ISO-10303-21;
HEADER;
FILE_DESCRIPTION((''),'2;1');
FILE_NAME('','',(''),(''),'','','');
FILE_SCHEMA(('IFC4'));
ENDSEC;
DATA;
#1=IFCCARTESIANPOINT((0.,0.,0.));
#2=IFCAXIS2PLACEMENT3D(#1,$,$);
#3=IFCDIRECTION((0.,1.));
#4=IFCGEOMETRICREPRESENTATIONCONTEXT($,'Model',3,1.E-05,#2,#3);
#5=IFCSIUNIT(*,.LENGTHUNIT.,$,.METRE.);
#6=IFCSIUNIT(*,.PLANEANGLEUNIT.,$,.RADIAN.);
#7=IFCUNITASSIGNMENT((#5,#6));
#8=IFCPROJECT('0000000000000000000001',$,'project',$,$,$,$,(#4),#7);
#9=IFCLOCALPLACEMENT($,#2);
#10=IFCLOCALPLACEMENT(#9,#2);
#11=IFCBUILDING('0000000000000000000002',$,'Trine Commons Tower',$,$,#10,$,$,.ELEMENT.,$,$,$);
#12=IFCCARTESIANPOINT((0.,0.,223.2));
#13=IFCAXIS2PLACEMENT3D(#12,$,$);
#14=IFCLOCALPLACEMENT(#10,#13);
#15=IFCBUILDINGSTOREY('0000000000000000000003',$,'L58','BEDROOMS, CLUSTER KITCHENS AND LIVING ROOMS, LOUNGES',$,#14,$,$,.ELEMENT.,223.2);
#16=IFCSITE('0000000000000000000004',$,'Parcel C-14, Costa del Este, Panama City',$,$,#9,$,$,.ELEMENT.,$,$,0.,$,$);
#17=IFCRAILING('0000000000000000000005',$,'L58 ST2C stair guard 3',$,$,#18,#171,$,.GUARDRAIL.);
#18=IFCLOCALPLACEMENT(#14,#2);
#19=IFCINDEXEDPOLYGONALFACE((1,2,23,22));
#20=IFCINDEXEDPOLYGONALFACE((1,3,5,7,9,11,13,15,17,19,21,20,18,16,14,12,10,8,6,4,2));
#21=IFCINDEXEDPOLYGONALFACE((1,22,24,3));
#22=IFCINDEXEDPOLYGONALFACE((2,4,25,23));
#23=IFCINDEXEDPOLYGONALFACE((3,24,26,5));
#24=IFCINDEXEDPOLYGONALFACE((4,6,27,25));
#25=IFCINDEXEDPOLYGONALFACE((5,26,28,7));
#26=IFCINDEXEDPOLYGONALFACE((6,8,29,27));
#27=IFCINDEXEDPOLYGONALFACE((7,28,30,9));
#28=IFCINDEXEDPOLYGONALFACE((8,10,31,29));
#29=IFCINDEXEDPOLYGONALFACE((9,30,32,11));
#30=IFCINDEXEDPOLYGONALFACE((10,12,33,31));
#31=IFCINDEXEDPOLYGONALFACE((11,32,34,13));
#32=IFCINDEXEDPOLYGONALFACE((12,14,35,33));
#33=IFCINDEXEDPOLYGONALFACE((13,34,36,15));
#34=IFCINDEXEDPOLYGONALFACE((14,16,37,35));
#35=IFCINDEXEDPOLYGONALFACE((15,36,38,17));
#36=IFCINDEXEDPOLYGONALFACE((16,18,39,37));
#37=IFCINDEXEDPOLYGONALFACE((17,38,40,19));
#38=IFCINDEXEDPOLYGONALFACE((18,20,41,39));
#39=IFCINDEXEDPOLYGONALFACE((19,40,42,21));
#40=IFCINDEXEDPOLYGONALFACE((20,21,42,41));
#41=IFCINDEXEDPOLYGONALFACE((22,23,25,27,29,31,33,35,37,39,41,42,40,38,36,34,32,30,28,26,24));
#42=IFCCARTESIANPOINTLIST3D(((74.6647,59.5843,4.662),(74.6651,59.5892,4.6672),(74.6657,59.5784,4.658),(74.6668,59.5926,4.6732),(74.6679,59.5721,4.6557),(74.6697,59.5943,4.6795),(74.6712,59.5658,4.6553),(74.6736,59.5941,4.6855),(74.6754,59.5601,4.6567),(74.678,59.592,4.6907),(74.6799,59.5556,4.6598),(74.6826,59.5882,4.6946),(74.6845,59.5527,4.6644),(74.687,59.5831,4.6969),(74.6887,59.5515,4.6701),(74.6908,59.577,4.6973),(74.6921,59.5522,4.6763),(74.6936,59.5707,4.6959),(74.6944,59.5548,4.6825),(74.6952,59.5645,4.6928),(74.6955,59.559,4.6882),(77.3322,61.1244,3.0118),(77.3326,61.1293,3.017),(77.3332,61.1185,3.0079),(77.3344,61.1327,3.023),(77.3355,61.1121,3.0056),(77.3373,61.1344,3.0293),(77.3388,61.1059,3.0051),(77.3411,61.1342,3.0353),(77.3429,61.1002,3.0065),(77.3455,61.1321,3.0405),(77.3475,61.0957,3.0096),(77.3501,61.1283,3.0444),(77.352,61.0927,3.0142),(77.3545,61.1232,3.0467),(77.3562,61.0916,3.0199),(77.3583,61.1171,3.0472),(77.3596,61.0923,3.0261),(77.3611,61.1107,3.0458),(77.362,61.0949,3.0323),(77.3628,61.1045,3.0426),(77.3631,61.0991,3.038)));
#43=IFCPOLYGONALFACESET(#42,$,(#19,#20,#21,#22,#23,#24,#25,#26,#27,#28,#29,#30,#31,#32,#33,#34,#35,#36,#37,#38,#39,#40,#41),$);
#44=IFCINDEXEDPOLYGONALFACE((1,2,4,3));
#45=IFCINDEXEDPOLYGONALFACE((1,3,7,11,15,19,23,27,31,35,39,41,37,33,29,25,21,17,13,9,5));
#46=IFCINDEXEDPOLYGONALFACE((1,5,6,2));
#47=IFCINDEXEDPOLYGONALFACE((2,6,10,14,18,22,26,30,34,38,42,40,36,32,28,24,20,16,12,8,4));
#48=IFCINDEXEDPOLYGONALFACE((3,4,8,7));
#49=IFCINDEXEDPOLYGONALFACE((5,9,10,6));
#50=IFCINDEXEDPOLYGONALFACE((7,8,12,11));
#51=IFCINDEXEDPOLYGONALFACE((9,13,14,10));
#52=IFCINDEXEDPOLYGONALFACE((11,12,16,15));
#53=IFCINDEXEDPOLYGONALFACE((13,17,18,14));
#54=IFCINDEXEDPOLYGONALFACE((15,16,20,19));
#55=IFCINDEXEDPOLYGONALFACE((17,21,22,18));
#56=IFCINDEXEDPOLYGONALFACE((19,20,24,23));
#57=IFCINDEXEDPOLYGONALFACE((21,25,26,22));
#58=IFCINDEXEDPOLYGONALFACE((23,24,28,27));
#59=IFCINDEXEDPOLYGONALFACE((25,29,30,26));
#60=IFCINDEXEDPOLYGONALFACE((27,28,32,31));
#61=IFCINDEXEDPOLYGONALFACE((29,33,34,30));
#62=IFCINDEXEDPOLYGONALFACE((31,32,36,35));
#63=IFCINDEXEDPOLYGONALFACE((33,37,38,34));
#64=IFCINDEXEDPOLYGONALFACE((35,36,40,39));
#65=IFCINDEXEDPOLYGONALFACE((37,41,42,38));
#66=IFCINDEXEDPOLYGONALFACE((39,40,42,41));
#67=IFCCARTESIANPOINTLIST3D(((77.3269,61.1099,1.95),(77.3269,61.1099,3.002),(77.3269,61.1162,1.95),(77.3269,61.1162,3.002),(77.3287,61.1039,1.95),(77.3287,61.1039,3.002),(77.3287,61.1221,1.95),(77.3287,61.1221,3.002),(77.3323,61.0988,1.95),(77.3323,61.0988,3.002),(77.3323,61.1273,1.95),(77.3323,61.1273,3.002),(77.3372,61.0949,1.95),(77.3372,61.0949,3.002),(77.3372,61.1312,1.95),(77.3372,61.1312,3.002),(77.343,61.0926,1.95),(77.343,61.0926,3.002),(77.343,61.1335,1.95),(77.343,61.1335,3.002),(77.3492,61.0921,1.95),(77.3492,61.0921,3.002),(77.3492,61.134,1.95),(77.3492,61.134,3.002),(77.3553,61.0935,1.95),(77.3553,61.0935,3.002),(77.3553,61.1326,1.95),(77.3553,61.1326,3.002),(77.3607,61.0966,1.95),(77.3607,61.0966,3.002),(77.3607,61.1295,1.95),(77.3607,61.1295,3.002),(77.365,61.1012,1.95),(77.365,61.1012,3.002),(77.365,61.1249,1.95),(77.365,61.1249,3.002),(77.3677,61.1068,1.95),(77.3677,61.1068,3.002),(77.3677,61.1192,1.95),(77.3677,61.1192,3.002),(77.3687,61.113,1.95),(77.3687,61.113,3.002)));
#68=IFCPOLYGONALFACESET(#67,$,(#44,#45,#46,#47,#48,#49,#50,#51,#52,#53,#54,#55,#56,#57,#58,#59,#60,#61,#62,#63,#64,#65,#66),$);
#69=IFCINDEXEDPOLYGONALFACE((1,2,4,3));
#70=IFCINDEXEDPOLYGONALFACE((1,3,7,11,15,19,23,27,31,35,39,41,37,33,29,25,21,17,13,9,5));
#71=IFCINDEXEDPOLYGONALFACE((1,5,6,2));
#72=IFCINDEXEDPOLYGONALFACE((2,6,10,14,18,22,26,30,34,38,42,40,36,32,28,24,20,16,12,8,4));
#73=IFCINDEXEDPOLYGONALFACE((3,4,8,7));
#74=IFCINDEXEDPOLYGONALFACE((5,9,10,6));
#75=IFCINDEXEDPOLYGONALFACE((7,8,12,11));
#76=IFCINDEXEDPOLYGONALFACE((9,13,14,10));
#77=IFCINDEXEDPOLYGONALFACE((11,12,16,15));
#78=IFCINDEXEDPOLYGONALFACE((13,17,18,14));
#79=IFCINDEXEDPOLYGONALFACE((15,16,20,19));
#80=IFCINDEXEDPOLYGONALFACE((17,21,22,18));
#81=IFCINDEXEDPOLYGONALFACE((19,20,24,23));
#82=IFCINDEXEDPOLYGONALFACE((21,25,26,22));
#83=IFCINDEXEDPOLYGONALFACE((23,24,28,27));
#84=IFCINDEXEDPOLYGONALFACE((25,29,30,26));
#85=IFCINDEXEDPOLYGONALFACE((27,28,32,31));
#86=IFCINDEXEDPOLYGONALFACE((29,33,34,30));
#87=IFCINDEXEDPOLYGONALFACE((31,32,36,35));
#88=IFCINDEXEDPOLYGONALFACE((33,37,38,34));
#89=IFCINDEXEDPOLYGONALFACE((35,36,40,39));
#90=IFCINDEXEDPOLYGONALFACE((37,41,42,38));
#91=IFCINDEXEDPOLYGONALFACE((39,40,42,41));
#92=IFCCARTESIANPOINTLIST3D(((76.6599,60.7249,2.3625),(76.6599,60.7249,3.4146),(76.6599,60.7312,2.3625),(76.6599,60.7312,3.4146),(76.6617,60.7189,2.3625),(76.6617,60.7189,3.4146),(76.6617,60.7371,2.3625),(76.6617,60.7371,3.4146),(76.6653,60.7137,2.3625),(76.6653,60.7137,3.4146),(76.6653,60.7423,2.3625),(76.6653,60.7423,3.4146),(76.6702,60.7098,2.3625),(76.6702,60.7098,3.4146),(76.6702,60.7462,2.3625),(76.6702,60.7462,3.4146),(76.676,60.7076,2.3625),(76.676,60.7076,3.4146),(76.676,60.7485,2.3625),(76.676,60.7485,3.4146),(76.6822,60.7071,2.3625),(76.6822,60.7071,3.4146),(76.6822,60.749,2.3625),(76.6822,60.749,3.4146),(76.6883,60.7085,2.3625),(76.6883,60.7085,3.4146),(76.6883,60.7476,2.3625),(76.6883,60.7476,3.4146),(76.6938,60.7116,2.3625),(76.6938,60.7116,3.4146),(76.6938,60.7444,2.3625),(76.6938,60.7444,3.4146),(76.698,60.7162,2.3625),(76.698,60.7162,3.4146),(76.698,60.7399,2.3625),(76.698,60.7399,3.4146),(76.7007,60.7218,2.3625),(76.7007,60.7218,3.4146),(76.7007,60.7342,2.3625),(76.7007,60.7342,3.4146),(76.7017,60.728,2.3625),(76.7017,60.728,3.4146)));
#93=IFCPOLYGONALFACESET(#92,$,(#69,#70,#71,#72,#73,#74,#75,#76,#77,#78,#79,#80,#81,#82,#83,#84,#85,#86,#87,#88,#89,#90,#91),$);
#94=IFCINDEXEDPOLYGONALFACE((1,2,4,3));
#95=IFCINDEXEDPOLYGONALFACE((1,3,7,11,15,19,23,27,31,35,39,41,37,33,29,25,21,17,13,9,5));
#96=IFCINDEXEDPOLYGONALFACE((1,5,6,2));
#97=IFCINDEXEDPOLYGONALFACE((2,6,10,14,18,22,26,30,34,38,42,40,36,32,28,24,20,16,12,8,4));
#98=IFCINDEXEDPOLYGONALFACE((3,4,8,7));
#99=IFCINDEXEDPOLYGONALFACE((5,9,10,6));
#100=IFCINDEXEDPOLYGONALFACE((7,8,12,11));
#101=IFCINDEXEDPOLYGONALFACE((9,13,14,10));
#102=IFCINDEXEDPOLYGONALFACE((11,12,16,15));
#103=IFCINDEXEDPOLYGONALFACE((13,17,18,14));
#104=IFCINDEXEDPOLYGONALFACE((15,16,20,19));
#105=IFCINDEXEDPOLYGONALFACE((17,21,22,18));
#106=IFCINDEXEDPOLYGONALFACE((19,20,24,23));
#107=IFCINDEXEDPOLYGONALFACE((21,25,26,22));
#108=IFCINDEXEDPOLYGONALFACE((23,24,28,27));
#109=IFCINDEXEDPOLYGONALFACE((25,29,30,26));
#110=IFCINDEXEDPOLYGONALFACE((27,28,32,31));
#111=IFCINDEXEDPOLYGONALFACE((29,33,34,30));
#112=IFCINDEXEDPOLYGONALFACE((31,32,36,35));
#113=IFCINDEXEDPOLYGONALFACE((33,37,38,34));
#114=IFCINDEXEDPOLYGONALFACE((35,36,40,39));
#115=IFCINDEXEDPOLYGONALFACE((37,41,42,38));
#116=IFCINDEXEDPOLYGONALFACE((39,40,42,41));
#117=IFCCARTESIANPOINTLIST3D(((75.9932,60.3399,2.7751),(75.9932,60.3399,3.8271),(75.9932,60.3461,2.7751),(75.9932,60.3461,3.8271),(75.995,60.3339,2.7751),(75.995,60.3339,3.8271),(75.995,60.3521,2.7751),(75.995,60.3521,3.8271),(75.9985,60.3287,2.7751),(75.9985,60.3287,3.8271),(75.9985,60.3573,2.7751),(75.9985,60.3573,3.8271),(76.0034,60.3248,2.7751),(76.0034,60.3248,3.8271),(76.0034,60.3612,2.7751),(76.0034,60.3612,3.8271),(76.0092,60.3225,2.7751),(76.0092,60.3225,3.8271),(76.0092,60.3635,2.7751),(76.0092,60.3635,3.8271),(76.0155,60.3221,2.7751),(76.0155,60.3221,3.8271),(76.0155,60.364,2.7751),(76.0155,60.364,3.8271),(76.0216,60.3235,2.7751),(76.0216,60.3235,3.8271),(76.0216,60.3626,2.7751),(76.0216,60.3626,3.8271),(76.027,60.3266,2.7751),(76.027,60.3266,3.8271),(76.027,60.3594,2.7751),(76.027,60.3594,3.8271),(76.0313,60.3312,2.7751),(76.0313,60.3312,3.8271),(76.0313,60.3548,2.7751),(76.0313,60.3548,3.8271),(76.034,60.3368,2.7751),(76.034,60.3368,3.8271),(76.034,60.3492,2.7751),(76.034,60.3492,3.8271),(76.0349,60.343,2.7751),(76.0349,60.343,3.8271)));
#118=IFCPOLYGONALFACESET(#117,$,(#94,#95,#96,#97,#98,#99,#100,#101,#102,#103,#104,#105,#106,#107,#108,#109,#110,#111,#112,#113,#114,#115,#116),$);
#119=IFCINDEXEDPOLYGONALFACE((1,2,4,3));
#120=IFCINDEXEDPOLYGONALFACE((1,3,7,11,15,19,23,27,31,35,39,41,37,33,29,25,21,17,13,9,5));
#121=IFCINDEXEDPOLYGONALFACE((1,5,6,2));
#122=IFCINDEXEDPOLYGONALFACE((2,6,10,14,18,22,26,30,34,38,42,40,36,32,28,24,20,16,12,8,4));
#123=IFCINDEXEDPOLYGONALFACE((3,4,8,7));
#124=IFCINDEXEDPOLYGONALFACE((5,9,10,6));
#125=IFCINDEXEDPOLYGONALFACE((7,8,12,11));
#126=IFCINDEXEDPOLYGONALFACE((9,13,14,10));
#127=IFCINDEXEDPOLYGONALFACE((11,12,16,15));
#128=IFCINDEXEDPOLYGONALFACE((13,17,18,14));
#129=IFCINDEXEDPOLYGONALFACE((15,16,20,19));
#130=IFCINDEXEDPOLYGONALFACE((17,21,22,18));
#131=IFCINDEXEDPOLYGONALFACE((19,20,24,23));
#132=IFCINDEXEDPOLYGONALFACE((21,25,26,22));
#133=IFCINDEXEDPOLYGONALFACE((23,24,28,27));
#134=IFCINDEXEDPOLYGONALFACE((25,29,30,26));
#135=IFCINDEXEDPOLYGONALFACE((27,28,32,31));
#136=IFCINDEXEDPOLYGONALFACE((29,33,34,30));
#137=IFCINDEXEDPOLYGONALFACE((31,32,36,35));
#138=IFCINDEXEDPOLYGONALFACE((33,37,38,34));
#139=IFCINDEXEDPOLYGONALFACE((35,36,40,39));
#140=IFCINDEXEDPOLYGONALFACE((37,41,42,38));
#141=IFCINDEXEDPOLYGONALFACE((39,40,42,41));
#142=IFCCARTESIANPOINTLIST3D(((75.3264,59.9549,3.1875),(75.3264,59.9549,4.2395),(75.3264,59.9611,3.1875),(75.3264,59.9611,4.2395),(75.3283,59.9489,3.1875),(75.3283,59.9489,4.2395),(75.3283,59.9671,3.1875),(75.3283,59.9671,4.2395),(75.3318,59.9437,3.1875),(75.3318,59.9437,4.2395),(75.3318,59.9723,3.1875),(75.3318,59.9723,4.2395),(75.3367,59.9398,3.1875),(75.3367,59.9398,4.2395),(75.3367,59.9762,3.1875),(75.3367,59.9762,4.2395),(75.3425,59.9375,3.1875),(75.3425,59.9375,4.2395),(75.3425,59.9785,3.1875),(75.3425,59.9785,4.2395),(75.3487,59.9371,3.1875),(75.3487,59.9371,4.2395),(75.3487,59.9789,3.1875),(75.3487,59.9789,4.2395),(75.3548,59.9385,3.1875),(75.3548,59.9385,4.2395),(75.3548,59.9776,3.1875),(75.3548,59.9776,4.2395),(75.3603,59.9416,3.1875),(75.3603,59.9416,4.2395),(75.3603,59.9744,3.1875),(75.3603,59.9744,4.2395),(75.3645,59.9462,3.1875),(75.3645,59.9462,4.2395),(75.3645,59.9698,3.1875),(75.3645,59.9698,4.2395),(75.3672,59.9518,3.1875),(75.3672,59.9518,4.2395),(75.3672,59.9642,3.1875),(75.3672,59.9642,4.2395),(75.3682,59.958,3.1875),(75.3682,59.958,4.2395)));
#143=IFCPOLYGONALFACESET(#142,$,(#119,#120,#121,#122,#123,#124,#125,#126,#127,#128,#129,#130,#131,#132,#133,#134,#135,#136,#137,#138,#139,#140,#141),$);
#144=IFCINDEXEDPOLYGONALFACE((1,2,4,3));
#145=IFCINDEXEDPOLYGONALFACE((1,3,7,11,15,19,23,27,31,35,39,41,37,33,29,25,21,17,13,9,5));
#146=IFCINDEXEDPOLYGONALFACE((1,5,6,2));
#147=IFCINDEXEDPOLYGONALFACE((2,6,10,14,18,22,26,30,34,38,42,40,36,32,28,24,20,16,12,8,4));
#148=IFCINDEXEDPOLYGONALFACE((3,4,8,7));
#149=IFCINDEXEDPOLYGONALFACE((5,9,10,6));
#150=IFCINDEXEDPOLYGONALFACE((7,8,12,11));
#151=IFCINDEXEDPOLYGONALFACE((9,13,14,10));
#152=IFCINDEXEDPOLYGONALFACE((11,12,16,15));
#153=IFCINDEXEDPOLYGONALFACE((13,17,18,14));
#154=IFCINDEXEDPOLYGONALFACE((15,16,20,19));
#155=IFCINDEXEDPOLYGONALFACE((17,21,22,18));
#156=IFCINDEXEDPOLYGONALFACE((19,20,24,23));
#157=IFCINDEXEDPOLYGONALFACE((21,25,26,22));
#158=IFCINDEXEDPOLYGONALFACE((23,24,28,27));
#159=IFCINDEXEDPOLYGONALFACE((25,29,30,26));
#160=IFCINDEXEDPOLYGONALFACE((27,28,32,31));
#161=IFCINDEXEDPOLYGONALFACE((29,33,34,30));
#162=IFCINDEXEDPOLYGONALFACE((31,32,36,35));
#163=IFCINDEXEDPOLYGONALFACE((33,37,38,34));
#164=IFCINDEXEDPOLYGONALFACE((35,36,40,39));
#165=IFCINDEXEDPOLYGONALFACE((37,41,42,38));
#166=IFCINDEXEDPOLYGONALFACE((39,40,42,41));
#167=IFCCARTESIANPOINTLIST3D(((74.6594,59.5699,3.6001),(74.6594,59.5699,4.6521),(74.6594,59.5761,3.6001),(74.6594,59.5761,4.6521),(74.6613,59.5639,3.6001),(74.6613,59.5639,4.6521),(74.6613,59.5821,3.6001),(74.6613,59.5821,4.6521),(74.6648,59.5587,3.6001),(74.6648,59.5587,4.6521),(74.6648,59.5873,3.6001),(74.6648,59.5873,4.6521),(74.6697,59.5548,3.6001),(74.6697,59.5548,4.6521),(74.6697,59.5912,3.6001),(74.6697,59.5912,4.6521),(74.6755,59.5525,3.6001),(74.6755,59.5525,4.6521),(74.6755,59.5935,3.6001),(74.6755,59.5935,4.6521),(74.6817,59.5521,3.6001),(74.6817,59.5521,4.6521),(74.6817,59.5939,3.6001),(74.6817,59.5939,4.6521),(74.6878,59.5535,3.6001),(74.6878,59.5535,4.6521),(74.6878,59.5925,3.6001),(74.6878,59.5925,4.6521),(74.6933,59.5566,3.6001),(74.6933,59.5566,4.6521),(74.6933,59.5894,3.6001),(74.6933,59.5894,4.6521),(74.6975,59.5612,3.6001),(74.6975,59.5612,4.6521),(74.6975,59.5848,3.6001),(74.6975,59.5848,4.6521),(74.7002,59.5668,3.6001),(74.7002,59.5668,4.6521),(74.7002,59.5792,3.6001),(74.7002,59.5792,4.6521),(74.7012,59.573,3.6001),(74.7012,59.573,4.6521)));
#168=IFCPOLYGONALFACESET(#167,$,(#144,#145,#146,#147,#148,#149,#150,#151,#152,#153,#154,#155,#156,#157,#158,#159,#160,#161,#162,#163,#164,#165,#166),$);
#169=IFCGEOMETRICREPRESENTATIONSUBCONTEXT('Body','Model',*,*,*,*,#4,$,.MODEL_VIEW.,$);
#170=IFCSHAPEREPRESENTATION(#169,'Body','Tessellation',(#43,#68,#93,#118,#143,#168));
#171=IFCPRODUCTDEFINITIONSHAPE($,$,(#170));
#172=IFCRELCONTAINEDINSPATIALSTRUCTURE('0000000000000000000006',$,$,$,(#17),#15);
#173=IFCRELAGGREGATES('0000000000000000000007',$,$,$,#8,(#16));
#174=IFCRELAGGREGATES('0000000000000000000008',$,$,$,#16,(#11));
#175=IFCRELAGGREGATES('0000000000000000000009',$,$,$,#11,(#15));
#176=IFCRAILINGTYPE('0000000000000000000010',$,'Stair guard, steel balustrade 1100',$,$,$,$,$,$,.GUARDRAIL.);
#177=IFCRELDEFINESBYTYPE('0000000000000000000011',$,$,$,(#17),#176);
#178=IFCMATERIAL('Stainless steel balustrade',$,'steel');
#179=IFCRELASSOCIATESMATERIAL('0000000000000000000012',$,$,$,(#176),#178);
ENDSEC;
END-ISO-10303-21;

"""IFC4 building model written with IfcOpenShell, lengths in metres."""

from ifc_helpers import new_model, si_unit, direction, frame, origin, origin_2d, place, context, subcontext, project, spatial, circle, extrude, material, type_object, element, save


model = new_model("IFC4")

# Units and contexts
model_context = context("Model", 3, precision=1e-05, world=origin(), true_north=direction((0.0, 1.0)))
body_context = subcontext(model_context, "Body", "Model", "MODEL_VIEW")
ifc_project = project(units=[si_unit("LENGTHUNIT", "METRE"), si_unit("PLANEANGLEUNIT", "RADIAN")], contexts=[model_context])

# Site, building, storey
site_placement = place(None, origin())
site = spatial("IfcSite", under=ifc_project, at=site_placement, Name="Parcel C-14, Costa del Este, Panama City", CompositionType="ELEMENT", RefElevation=0.0)
building_placement = place(site_placement, origin())
building = spatial("IfcBuilding", under=site, at=building_placement, Name="Trine Commons Tower", CompositionType="ELEMENT")
storey_placement = place(building_placement, frame((0.0, 0.0, 223.2)))
storey = spatial("IfcBuildingStorey", under=building, at=storey_placement, Name="L58", Description="BEDROOMS, CLUSTER KITCHENS AND LIVING ROOMS, LOUNGES", CompositionType="ELEMENT", Elevation=223.2)

# Railing
ifc_material_1 = material(Name="Stainless steel balustrade", Category="steel")
railing_type_1 = type_object("IfcRailingType", Name="Stair guard, steel balustrade 1100", PredefinedType="GUARDRAIL", material=ifc_material_1)
railing_1_placement = place(storey_placement, frame((77.3477, 61.113, 1.95)))
element("IfcRailing", 1, at=railing_1_placement, inside=storey, type_object=railing_type_1, Name="L58 ST2C stair guard 3", PredefinedType="GUARDRAIL", context=body_context, shape_type="SweptSolid", body=[
    extrude(circle(Radius=0.0239, at=origin_2d()), frame((0.0, 0.0, 1.0762), z_axis=(-0.76338, -0.440728, 0.472239), x_axis=(0.499992, -0.86603, 0.0)), (0.0, 0.0, 1.0), 3.4944),
    extrude(circle(Radius=0.021, at=origin_2d()), origin(), (0.0, 0.0, 1.0), 1.052),
    extrude(circle(Radius=0.021, at=origin_2d()), frame((-0.667, -0.385, 0.4126)), (0.0, 0.0, 1.0), 1.052),
    extrude(circle(Radius=0.021, at=origin_2d()), frame((-1.3337, -0.77, 0.8252)), (0.0, 0.0, 1.0), 1.052),
    extrude(circle(Radius=0.021, at=origin_2d()), frame((-2.0005, -1.155, 1.2375)), (0.0, 0.0, 1.0), 1.052),
    extrude(circle(Radius=0.021, at=origin_2d()), frame((-2.6675, -1.54, 1.6501)), (0.0, 0.0, 1.0), 1.052),
])

save(model, "model.ifc")
